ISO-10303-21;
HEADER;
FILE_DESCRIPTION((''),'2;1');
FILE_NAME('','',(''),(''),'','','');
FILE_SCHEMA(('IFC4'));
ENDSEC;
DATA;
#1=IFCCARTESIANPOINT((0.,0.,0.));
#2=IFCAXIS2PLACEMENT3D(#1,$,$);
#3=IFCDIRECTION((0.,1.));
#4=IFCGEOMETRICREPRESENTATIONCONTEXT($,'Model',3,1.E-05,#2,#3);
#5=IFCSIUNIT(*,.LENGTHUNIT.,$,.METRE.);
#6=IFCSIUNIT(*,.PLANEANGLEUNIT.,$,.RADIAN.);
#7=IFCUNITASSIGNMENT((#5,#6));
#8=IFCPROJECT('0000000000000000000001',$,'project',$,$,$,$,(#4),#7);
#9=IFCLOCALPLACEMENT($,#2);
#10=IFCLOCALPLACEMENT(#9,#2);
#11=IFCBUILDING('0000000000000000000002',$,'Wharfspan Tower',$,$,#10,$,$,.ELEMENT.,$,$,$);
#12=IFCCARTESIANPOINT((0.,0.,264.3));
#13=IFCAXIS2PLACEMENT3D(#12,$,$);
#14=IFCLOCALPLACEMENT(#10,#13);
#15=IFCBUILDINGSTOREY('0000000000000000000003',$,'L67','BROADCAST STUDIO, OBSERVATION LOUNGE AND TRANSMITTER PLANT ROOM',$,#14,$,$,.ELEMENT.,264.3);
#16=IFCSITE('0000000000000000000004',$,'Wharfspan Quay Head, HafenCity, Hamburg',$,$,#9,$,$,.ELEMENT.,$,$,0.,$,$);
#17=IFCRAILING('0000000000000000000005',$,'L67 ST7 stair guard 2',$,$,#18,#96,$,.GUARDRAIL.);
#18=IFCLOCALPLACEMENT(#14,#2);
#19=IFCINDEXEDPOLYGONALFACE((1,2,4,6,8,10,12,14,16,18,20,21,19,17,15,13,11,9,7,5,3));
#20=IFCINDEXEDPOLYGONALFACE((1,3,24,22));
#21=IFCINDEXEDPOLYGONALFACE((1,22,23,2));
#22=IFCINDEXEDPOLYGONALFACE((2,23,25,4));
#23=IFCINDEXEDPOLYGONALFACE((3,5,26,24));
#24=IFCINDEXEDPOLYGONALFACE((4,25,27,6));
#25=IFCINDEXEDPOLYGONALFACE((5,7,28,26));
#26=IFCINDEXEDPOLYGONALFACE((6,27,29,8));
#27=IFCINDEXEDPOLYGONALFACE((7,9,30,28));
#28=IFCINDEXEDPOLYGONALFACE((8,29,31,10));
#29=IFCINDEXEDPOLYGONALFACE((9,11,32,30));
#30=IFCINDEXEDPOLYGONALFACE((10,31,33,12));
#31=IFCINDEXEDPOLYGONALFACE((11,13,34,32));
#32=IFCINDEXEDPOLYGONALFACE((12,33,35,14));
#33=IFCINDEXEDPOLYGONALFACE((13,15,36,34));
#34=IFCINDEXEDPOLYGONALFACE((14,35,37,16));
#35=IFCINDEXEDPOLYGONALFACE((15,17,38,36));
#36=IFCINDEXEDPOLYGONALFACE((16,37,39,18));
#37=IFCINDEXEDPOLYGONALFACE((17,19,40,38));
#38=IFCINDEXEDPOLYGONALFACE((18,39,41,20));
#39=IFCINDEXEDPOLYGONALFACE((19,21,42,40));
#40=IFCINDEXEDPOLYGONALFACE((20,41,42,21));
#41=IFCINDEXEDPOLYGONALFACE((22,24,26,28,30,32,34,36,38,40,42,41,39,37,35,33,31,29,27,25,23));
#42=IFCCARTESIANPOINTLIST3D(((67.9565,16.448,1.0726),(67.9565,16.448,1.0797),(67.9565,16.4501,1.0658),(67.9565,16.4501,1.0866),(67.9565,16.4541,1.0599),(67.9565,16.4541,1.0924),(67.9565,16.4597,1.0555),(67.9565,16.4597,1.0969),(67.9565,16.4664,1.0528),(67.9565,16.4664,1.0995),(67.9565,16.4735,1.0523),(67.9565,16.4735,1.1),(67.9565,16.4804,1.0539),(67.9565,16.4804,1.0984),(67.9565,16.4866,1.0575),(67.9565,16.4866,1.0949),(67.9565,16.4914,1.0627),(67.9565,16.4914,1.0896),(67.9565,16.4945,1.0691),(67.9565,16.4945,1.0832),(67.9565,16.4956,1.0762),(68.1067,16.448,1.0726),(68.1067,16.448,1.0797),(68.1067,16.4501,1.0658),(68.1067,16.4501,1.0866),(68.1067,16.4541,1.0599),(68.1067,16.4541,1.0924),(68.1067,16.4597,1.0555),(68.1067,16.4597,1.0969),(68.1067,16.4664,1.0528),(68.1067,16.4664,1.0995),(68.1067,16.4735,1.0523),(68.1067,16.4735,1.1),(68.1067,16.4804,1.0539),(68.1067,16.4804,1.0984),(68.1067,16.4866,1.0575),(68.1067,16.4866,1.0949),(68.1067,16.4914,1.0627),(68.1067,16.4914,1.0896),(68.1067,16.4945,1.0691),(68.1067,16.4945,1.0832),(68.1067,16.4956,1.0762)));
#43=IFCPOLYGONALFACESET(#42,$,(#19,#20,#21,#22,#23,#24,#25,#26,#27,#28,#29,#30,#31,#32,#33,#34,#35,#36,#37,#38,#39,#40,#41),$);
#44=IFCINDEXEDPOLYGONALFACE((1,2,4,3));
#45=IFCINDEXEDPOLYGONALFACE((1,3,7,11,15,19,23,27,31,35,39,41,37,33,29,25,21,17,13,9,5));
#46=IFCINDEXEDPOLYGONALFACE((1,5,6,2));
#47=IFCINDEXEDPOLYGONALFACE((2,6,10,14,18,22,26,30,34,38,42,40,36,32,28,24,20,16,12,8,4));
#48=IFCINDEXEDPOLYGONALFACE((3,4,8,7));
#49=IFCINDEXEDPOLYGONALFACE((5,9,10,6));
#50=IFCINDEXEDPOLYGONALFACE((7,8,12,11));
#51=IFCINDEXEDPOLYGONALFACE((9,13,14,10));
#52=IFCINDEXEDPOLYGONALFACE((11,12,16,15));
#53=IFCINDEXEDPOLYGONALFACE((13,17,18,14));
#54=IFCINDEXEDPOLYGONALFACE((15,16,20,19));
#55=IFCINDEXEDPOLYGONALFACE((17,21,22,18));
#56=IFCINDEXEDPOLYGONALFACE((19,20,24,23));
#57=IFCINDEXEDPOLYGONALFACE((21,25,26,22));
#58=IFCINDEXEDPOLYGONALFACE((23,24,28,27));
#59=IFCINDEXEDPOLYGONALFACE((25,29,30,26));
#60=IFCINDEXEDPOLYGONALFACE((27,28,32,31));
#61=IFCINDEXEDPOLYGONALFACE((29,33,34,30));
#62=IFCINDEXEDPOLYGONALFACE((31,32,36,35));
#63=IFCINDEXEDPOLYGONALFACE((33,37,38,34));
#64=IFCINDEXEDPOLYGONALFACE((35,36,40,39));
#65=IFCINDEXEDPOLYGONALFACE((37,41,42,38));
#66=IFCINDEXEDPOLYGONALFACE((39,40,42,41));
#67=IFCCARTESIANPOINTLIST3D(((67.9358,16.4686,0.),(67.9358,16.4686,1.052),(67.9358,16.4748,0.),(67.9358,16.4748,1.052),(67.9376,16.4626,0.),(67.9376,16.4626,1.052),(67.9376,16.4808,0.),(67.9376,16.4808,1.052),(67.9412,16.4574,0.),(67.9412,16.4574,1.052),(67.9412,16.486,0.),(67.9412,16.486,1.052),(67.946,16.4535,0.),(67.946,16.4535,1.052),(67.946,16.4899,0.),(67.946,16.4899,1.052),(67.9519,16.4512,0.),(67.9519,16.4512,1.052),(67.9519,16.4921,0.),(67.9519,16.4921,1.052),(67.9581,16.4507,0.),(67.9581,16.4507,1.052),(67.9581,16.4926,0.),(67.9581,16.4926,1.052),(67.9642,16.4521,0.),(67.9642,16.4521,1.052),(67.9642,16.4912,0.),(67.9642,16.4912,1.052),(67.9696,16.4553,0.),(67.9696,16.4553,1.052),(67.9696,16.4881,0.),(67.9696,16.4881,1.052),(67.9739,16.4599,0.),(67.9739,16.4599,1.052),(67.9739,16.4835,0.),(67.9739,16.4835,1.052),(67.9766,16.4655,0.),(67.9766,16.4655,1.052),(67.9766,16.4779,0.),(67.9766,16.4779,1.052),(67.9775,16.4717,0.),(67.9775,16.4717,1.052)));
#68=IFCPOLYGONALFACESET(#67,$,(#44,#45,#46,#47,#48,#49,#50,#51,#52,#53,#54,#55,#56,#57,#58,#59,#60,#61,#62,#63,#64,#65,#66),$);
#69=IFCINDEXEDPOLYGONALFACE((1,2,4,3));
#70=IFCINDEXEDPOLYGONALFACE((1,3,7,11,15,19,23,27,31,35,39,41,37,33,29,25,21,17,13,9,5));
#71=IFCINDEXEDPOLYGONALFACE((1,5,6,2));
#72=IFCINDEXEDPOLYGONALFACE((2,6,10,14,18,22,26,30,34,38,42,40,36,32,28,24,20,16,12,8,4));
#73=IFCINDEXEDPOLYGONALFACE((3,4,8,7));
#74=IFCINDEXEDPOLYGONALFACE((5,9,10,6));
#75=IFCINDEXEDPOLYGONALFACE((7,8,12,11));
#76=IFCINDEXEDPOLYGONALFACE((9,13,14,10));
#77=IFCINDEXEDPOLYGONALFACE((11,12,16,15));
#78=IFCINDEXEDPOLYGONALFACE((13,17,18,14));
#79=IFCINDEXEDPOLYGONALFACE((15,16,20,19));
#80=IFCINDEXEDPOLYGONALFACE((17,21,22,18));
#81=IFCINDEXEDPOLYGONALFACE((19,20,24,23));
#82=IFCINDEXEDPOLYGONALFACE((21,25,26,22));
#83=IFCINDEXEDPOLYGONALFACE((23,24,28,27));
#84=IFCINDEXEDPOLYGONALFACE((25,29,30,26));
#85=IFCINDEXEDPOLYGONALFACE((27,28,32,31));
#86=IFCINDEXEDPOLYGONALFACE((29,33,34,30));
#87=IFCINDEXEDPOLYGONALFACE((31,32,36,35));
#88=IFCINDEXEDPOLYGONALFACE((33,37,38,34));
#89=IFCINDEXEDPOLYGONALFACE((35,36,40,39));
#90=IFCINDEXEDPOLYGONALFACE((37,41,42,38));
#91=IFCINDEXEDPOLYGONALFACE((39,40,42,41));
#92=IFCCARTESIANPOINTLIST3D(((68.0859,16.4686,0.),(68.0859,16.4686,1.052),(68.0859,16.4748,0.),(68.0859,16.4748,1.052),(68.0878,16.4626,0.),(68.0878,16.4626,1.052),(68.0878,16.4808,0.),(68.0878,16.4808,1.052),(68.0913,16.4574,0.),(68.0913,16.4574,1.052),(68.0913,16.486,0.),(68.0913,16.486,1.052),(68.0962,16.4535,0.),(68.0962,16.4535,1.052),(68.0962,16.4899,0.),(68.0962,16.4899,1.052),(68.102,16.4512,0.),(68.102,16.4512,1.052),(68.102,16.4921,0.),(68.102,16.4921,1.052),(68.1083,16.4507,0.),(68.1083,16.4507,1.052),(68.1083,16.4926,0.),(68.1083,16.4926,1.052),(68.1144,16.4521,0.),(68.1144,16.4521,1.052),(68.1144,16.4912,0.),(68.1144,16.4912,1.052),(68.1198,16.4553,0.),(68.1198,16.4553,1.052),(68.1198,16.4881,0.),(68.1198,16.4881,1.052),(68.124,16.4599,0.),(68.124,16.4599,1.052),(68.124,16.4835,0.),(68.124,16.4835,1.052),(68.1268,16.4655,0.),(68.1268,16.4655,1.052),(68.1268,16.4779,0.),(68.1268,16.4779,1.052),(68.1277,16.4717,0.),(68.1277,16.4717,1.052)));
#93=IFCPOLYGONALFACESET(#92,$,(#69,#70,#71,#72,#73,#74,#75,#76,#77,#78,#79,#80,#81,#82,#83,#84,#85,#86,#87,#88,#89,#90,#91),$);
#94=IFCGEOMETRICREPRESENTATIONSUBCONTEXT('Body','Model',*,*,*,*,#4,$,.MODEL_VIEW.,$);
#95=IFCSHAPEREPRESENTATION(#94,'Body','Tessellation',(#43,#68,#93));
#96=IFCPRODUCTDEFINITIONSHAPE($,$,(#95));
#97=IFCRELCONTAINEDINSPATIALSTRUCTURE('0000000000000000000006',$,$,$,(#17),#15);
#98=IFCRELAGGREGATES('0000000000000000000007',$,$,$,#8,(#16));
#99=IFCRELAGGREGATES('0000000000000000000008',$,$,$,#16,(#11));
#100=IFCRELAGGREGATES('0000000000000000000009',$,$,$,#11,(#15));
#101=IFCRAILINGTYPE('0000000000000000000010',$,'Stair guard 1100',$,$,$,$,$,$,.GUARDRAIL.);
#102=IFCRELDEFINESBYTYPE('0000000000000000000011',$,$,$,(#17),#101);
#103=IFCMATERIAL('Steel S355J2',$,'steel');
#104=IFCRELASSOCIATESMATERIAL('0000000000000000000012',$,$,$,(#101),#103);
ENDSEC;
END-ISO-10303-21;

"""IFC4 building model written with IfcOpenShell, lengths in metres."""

from ifc_helpers import new_model, si_unit, direction, frame, origin, origin_2d, place, context, subcontext, project, spatial, circle, extrude, material, type_object, element, save


model = new_model("IFC4")

# Units and contexts
model_context = context("Model", 3, precision=1e-05, world=origin(), true_north=direction((0.0, 1.0)))
body_context = subcontext(model_context, "Body", "Model", "MODEL_VIEW")
ifc_project = project(units=[si_unit("LENGTHUNIT", "METRE"), si_unit("PLANEANGLEUNIT", "RADIAN")], contexts=[model_context])

# Site, building, storey
site_placement = place(None, origin())
site = spatial("IfcSite", under=ifc_project, at=site_placement, Name="Wharfspan Quay Head, HafenCity, Hamburg", CompositionType="ELEMENT", RefElevation=0.0)
building_placement = place(site_placement, origin())
building = spatial("IfcBuilding", under=site, at=building_placement, Name="Wharfspan Tower", CompositionType="ELEMENT")
storey_placement = place(building_placement, frame((0.0, 0.0, 264.3)))
storey = spatial("IfcBuildingStorey", under=building, at=storey_placement, Name="L67", Description="BROADCAST STUDIO, OBSERVATION LOUNGE AND TRANSMITTER PLANT ROOM", CompositionType="ELEMENT", Elevation=264.3)

# Shared definitions
ifc_material_1 = material(Name="Steel S355J2", Category="steel")

# Railing
railing_type_1 = type_object("IfcRailingType", Name="Stair guard 1100", PredefinedType="GUARDRAIL", material=ifc_material_1)
railing_1_placement = place(storey_placement, frame((67.9565, 16.4717, 0.0)))
element("IfcRailing", 1, at=railing_1_placement, inside=storey, type_object=railing_type_1, Name="L67 ST7 stair guard 2", PredefinedType="GUARDRAIL", context=body_context, shape_type="SweptSolid", body=[
    extrude(circle(Radius=0.0239, at=origin_2d()), frame((0.0, 0.0, 1.0762), z_axis=(1.0, 0.0, 0.0), x_axis=(0.0, 1.0, 0.0)), (0.0, 0.0, 1.0), 0.1501),
    extrude(circle(Radius=0.021, at=origin_2d()), origin(), (0.0, 0.0, 1.0), 1.052),
    extrude(circle(Radius=0.021, at=origin_2d()), frame((0.1501, 0.0, 0.0)), (0.0, 0.0, 1.0), 1.052),
])

save(model, "model.ifc")
